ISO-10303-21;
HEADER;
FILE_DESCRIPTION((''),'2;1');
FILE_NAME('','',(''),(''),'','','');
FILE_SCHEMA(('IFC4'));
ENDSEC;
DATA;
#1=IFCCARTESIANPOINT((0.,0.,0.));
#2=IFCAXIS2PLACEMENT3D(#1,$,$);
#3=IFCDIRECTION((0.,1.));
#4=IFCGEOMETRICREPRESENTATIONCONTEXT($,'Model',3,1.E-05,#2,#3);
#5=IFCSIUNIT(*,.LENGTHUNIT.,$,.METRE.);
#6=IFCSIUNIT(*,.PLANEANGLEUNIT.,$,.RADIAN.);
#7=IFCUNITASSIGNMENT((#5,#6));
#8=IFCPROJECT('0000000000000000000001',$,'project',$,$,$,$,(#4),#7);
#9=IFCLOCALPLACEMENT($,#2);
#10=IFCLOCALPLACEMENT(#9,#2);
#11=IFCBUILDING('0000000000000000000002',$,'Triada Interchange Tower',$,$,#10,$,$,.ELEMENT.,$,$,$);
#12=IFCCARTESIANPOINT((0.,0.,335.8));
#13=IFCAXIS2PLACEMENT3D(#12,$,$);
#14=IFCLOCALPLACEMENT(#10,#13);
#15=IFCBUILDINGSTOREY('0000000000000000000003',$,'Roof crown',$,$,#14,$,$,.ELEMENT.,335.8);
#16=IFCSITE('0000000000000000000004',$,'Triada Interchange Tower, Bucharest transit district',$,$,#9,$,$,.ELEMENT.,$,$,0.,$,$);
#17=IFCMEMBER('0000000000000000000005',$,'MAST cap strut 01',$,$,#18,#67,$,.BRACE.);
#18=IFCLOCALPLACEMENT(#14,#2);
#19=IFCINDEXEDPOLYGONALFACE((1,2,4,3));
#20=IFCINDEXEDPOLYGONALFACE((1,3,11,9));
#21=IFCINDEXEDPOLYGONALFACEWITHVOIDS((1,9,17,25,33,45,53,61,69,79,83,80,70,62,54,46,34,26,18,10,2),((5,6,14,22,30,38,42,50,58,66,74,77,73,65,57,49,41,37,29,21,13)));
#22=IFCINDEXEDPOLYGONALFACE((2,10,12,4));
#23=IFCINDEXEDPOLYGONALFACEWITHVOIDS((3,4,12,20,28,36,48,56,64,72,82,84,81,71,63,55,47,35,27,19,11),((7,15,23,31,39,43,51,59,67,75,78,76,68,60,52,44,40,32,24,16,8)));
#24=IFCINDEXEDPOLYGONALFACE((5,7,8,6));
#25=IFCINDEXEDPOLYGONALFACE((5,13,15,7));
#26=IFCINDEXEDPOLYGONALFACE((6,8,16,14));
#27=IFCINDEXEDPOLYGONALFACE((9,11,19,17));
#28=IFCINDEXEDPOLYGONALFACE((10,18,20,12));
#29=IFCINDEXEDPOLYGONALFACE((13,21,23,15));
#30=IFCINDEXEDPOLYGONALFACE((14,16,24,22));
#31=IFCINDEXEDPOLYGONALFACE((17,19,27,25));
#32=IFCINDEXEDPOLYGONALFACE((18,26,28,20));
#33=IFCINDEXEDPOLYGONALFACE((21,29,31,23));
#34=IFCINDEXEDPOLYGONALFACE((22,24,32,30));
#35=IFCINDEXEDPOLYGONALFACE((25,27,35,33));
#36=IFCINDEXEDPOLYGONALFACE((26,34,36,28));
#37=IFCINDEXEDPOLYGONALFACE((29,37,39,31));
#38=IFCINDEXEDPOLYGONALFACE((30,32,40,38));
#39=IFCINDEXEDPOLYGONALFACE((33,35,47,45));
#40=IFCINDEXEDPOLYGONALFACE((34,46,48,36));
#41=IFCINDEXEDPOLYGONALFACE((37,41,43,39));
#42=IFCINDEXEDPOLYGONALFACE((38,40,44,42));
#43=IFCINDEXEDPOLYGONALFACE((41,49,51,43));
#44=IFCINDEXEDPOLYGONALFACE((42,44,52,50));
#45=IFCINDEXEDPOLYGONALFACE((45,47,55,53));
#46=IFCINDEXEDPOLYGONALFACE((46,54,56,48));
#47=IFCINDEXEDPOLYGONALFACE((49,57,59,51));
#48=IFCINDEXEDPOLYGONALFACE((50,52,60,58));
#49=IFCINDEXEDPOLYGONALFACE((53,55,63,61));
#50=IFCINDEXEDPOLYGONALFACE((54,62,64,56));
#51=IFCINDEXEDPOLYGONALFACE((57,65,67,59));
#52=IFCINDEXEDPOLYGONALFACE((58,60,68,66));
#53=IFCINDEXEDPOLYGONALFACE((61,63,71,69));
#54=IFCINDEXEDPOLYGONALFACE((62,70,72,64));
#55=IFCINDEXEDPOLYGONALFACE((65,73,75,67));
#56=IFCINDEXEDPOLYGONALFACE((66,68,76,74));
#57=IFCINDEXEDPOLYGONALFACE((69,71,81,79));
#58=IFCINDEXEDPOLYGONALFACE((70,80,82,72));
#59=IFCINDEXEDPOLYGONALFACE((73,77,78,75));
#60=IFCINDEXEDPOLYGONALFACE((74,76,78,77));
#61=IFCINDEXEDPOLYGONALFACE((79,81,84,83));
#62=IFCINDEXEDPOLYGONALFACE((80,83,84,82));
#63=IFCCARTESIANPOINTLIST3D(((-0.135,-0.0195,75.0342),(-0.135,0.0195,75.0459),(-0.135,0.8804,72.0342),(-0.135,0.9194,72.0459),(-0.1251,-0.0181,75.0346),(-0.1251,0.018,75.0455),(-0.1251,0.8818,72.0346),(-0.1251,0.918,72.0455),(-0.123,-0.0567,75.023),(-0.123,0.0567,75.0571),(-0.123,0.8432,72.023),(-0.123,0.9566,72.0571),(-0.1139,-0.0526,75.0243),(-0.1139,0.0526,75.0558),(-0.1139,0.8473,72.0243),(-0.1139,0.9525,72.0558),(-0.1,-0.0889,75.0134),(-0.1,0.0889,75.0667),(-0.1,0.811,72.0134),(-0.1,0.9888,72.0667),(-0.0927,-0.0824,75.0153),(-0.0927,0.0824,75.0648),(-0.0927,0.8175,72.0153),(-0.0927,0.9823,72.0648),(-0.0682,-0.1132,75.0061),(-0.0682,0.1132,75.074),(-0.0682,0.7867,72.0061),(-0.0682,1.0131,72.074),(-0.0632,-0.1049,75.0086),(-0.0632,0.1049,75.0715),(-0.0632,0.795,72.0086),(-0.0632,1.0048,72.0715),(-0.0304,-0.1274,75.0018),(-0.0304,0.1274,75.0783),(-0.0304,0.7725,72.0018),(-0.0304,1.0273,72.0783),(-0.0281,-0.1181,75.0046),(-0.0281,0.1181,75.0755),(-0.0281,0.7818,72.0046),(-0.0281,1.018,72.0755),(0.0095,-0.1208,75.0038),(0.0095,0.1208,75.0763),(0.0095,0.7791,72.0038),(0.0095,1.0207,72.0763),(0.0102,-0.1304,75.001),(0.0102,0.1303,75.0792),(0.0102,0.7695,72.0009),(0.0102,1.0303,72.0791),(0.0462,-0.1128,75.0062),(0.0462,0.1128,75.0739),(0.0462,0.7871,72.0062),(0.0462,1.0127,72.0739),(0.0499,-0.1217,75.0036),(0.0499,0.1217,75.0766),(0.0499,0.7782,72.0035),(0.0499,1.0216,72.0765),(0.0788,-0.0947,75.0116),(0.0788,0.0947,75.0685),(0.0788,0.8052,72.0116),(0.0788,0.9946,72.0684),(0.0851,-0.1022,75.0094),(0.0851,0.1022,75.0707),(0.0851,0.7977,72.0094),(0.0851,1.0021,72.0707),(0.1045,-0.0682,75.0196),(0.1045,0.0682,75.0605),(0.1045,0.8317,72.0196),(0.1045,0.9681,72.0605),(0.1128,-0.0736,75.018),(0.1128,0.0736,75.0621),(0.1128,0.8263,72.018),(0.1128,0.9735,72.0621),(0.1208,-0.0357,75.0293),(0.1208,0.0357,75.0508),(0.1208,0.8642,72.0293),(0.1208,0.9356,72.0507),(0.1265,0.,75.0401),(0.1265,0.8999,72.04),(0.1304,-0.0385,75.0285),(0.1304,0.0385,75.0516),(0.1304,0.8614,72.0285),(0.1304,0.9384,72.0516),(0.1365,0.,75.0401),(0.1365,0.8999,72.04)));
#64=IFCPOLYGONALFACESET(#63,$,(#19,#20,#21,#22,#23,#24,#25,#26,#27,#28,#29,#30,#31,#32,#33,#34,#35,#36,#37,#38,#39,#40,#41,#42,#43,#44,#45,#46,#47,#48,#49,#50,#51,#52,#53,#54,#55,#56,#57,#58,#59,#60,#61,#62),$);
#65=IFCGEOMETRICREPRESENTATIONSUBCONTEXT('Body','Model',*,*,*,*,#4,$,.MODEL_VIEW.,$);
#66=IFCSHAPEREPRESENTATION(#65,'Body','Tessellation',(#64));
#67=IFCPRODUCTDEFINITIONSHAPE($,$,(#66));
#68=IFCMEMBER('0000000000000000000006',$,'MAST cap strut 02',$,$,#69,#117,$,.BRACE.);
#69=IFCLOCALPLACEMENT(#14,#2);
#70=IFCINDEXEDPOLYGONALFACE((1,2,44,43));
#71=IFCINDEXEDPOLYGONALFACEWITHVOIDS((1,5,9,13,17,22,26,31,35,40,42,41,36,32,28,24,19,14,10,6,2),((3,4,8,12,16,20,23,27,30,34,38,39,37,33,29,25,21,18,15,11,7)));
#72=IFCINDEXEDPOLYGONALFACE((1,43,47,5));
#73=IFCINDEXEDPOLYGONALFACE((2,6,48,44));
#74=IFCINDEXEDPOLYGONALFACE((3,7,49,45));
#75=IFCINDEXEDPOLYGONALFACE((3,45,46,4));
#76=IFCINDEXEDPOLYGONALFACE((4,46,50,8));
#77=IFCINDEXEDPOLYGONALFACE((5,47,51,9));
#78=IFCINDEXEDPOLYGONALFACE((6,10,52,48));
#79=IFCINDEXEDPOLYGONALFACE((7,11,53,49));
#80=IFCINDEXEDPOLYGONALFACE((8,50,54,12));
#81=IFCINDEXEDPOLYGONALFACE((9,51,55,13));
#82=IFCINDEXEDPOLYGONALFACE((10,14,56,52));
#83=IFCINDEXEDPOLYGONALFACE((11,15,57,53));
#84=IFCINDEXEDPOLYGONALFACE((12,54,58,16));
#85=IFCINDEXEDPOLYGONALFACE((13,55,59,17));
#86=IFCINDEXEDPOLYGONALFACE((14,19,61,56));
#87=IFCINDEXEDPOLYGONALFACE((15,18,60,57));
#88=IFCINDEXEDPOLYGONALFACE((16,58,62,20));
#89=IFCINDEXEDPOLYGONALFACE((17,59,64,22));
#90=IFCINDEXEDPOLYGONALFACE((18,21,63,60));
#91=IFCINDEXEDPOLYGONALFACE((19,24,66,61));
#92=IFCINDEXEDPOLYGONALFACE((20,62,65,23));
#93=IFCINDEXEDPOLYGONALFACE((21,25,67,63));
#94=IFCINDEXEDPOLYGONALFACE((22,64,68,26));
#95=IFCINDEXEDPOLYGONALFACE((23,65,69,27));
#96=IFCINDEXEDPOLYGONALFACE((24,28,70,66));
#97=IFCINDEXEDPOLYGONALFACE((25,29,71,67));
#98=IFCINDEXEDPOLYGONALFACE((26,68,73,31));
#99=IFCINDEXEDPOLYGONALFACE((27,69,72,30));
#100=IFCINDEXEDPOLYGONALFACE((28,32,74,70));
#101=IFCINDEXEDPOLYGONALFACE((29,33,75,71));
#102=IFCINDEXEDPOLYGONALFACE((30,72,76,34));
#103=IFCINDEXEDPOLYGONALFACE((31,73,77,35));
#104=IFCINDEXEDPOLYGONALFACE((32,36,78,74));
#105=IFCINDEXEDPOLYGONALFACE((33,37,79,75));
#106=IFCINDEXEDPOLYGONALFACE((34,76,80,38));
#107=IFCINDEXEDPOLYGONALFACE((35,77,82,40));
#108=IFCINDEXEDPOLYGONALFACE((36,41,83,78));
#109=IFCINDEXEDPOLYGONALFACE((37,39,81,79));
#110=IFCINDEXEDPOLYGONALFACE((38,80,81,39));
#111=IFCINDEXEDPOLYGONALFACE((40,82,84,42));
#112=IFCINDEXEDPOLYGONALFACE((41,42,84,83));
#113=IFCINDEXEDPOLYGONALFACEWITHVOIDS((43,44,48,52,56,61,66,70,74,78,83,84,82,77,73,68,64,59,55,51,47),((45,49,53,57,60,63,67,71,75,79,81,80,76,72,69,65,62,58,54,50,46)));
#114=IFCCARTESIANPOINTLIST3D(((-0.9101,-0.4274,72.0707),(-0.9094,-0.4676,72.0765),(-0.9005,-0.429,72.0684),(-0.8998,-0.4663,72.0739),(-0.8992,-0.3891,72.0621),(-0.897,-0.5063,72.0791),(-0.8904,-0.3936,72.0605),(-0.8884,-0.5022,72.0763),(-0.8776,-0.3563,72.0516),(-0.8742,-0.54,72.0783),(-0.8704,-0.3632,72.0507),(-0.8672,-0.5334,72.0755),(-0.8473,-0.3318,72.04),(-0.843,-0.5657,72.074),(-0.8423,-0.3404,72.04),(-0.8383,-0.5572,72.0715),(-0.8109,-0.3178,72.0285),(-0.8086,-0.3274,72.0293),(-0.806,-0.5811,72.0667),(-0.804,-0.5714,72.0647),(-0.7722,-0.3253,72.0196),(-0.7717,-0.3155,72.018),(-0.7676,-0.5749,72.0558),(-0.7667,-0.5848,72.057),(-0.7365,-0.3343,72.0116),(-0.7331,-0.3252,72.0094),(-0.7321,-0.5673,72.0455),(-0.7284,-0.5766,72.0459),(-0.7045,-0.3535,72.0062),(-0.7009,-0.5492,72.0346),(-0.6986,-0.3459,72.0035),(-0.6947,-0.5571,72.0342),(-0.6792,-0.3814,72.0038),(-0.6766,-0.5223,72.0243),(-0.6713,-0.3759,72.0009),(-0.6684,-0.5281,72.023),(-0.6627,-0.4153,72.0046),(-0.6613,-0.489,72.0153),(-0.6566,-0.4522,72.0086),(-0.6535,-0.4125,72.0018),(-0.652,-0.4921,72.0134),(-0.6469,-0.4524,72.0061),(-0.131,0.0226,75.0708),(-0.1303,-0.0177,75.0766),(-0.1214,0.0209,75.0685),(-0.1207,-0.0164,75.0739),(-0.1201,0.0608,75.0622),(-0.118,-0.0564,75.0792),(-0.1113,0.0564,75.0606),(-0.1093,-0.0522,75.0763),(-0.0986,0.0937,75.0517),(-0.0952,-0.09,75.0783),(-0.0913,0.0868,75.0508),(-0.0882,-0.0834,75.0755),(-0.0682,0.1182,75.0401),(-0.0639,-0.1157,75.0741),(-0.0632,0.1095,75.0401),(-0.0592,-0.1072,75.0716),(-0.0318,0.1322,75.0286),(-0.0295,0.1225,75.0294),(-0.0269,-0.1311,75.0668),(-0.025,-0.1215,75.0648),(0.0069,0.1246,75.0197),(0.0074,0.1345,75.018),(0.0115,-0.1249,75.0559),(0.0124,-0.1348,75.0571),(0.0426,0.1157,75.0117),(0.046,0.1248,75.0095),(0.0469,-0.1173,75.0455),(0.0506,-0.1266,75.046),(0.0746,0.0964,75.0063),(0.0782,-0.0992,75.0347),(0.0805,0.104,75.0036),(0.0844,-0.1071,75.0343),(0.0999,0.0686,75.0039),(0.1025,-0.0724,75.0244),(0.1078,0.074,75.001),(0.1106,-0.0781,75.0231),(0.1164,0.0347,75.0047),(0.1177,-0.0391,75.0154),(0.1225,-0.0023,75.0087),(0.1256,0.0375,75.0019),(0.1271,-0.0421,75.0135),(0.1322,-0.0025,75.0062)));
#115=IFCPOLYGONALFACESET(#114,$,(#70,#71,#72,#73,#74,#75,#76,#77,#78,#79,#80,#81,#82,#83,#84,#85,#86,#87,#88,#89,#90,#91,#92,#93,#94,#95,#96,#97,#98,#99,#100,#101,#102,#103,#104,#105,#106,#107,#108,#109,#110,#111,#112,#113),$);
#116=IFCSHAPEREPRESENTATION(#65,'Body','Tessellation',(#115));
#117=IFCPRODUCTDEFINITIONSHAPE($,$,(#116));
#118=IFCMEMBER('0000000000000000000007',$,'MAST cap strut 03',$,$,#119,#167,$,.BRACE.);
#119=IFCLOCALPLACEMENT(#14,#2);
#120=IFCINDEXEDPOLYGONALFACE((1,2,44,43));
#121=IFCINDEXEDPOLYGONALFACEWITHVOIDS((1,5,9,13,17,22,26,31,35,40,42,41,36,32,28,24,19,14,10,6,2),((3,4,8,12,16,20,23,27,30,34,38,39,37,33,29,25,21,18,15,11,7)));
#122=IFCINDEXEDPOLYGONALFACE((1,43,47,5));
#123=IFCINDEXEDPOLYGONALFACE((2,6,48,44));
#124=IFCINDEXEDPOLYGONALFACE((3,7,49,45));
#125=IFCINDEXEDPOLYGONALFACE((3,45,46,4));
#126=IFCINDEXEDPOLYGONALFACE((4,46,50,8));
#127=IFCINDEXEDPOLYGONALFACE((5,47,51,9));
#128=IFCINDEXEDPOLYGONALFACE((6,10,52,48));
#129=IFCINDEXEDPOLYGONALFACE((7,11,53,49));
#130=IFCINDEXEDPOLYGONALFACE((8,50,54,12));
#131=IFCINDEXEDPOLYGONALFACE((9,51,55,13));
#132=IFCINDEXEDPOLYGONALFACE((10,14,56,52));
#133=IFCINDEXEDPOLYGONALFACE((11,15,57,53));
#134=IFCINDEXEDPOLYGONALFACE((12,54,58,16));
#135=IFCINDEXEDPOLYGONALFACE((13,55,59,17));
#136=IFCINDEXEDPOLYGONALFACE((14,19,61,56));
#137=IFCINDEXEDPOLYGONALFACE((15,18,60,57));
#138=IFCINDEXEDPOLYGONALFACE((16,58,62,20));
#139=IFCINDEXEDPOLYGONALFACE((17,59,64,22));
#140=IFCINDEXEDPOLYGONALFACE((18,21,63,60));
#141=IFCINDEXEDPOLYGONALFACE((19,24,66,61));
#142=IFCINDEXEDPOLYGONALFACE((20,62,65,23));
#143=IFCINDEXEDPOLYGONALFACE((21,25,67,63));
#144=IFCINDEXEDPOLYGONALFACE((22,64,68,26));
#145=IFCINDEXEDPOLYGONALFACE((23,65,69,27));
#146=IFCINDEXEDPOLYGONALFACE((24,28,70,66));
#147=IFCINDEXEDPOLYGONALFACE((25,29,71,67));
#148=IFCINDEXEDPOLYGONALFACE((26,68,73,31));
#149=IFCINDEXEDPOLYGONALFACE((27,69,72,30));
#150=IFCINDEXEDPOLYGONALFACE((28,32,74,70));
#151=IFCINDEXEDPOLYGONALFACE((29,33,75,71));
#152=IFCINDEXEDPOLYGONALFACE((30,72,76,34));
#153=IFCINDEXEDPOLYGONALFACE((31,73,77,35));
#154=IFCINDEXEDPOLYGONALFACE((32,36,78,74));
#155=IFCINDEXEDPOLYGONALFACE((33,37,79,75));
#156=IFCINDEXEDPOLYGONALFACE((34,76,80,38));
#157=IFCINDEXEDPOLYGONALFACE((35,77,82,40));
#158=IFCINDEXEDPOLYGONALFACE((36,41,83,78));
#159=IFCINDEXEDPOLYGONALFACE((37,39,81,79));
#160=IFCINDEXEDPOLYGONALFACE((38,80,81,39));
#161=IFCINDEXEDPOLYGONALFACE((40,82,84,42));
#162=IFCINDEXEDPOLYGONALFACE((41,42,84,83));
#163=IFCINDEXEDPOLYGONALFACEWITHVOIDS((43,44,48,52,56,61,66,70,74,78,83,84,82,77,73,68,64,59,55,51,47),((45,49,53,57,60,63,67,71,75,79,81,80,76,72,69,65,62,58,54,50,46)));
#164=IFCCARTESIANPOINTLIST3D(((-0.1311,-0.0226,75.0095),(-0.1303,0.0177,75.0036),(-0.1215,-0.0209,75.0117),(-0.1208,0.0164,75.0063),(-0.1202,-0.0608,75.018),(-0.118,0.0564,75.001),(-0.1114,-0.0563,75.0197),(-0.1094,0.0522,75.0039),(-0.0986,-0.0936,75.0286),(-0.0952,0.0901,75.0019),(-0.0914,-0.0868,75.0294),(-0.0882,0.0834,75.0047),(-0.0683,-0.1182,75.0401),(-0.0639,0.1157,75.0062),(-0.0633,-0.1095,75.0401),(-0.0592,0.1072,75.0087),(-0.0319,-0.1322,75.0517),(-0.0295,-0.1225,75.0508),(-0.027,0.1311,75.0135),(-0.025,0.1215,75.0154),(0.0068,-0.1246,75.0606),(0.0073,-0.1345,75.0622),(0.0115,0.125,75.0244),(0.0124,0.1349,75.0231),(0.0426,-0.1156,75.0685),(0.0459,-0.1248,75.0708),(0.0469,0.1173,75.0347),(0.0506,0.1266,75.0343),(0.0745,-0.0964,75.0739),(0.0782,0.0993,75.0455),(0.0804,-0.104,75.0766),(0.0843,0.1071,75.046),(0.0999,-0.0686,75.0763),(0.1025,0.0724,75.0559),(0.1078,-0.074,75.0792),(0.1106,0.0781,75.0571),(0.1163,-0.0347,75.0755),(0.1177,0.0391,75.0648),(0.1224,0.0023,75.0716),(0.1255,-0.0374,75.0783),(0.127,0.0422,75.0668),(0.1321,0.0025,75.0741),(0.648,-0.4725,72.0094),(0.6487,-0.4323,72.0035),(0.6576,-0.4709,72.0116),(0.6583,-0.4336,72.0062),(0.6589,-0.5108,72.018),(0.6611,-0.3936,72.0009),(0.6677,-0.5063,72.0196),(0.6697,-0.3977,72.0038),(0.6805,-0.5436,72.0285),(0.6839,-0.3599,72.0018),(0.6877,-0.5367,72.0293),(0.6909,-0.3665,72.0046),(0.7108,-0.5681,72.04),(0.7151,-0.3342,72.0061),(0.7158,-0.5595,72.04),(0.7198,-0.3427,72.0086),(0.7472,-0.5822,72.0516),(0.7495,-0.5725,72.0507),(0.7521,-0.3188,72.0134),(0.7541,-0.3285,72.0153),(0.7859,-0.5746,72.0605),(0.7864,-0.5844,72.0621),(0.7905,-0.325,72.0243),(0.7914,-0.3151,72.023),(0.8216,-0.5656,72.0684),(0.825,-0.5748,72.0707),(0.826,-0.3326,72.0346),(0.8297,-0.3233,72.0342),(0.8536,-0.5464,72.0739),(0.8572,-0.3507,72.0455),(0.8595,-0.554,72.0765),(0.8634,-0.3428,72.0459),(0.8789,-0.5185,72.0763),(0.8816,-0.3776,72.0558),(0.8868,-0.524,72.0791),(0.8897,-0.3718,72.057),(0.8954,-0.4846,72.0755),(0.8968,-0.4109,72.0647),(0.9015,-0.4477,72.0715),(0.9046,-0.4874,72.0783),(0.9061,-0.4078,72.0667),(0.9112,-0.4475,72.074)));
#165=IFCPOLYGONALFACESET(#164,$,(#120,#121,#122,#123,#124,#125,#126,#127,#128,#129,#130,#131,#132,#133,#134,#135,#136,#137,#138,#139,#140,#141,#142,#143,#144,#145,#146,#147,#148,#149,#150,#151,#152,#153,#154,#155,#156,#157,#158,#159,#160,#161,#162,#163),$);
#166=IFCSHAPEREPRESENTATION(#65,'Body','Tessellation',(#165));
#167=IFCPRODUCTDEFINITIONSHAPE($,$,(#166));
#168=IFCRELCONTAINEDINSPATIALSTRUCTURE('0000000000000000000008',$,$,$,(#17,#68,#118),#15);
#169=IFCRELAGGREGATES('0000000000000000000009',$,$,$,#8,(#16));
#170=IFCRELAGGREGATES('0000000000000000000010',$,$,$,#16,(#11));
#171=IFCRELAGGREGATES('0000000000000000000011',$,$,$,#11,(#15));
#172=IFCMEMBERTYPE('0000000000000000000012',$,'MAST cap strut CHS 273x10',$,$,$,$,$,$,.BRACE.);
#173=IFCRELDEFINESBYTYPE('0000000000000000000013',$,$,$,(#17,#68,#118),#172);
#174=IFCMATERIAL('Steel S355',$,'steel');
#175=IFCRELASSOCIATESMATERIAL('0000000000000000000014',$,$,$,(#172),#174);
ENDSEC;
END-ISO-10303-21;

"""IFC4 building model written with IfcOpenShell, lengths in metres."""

from ifc_helpers import new_model, si_unit, direction, frame, origin, origin_2d, place, context, subcontext, project, spatial, hollow_circle, extrude, material, material_profile, profile_set, type_object, element, save


model = new_model("IFC4")

# Units and contexts
model_context = context("Model", 3, precision=1e-05, world=origin(), true_north=direction((0.0, 1.0)))
body_context = subcontext(model_context, "Body", "Model", "MODEL_VIEW")
ifc_project = project(units=[si_unit("LENGTHUNIT", "METRE"), si_unit("PLANEANGLEUNIT", "RADIAN")], contexts=[model_context])

# Site, building, storey
site_placement = place(None, origin())
site = spatial("IfcSite", under=ifc_project, at=site_placement, Name="Triada Interchange Tower, Bucharest transit district", CompositionType="ELEMENT", RefElevation=0.0)
building_placement = place(site_placement, origin())
building = spatial("IfcBuilding", under=site, at=building_placement, Name="Triada Interchange Tower", CompositionType="ELEMENT")
storey_placement = place(building_placement, frame((0.0, 0.0, 335.8)))
storey = spatial("IfcBuildingStorey", under=building, at=storey_placement, Name="Roof crown", CompositionType="ELEMENT", Elevation=335.8)

# Members
ifc_material = material(Name="Steel S355", Category="steel")
ifc_material_profile_1 = material_profile(ifc_material, hollow_circle(Radius=0.1365, WallThickness=0.01, at=origin_2d()), Name="CHS 273x10")
ifc_profile_set_1 = profile_set([ifc_material_profile_1], Name="Steel S355")
member_type_1 = type_object("IfcMemberType", Name="MAST cap strut CHS 273x10", PredefinedType="BRACE", material=ifc_profile_set_1)
for number, where, z_axis, x_axis, name in (
    (1, (0.0, 0.8999, 72.04), (0.0, -0.287319, 0.957835), (1.0, 0.0, 0.0), "MAST cap strut 01"),
    (2, (-0.7791, -0.45, 72.04), (0.24874, 0.143663, 0.957857), (-0.500137, 0.865946, 0.0), "MAST cap strut 02"),
    (3, (0.7791, -0.45, 72.04), (-0.24874, 0.143663, 0.957857), (-0.500137, -0.865946, 0.0), "MAST cap strut 03"),
):
    element("IfcMember", number, at=place(storey_placement, frame(where, z_axis=z_axis, x_axis=x_axis)), inside=storey, type_object=member_type_1, Name=name, PredefinedType="BRACE", context=body_context, shape_type="SweptSolid", body=[
        extrude(hollow_circle(Radius=0.1365, WallThickness=0.01, at=origin_2d()), origin(), (0.0, 0.0, 1.0), 3.1321),
    ])

save(model, "model.ifc")
